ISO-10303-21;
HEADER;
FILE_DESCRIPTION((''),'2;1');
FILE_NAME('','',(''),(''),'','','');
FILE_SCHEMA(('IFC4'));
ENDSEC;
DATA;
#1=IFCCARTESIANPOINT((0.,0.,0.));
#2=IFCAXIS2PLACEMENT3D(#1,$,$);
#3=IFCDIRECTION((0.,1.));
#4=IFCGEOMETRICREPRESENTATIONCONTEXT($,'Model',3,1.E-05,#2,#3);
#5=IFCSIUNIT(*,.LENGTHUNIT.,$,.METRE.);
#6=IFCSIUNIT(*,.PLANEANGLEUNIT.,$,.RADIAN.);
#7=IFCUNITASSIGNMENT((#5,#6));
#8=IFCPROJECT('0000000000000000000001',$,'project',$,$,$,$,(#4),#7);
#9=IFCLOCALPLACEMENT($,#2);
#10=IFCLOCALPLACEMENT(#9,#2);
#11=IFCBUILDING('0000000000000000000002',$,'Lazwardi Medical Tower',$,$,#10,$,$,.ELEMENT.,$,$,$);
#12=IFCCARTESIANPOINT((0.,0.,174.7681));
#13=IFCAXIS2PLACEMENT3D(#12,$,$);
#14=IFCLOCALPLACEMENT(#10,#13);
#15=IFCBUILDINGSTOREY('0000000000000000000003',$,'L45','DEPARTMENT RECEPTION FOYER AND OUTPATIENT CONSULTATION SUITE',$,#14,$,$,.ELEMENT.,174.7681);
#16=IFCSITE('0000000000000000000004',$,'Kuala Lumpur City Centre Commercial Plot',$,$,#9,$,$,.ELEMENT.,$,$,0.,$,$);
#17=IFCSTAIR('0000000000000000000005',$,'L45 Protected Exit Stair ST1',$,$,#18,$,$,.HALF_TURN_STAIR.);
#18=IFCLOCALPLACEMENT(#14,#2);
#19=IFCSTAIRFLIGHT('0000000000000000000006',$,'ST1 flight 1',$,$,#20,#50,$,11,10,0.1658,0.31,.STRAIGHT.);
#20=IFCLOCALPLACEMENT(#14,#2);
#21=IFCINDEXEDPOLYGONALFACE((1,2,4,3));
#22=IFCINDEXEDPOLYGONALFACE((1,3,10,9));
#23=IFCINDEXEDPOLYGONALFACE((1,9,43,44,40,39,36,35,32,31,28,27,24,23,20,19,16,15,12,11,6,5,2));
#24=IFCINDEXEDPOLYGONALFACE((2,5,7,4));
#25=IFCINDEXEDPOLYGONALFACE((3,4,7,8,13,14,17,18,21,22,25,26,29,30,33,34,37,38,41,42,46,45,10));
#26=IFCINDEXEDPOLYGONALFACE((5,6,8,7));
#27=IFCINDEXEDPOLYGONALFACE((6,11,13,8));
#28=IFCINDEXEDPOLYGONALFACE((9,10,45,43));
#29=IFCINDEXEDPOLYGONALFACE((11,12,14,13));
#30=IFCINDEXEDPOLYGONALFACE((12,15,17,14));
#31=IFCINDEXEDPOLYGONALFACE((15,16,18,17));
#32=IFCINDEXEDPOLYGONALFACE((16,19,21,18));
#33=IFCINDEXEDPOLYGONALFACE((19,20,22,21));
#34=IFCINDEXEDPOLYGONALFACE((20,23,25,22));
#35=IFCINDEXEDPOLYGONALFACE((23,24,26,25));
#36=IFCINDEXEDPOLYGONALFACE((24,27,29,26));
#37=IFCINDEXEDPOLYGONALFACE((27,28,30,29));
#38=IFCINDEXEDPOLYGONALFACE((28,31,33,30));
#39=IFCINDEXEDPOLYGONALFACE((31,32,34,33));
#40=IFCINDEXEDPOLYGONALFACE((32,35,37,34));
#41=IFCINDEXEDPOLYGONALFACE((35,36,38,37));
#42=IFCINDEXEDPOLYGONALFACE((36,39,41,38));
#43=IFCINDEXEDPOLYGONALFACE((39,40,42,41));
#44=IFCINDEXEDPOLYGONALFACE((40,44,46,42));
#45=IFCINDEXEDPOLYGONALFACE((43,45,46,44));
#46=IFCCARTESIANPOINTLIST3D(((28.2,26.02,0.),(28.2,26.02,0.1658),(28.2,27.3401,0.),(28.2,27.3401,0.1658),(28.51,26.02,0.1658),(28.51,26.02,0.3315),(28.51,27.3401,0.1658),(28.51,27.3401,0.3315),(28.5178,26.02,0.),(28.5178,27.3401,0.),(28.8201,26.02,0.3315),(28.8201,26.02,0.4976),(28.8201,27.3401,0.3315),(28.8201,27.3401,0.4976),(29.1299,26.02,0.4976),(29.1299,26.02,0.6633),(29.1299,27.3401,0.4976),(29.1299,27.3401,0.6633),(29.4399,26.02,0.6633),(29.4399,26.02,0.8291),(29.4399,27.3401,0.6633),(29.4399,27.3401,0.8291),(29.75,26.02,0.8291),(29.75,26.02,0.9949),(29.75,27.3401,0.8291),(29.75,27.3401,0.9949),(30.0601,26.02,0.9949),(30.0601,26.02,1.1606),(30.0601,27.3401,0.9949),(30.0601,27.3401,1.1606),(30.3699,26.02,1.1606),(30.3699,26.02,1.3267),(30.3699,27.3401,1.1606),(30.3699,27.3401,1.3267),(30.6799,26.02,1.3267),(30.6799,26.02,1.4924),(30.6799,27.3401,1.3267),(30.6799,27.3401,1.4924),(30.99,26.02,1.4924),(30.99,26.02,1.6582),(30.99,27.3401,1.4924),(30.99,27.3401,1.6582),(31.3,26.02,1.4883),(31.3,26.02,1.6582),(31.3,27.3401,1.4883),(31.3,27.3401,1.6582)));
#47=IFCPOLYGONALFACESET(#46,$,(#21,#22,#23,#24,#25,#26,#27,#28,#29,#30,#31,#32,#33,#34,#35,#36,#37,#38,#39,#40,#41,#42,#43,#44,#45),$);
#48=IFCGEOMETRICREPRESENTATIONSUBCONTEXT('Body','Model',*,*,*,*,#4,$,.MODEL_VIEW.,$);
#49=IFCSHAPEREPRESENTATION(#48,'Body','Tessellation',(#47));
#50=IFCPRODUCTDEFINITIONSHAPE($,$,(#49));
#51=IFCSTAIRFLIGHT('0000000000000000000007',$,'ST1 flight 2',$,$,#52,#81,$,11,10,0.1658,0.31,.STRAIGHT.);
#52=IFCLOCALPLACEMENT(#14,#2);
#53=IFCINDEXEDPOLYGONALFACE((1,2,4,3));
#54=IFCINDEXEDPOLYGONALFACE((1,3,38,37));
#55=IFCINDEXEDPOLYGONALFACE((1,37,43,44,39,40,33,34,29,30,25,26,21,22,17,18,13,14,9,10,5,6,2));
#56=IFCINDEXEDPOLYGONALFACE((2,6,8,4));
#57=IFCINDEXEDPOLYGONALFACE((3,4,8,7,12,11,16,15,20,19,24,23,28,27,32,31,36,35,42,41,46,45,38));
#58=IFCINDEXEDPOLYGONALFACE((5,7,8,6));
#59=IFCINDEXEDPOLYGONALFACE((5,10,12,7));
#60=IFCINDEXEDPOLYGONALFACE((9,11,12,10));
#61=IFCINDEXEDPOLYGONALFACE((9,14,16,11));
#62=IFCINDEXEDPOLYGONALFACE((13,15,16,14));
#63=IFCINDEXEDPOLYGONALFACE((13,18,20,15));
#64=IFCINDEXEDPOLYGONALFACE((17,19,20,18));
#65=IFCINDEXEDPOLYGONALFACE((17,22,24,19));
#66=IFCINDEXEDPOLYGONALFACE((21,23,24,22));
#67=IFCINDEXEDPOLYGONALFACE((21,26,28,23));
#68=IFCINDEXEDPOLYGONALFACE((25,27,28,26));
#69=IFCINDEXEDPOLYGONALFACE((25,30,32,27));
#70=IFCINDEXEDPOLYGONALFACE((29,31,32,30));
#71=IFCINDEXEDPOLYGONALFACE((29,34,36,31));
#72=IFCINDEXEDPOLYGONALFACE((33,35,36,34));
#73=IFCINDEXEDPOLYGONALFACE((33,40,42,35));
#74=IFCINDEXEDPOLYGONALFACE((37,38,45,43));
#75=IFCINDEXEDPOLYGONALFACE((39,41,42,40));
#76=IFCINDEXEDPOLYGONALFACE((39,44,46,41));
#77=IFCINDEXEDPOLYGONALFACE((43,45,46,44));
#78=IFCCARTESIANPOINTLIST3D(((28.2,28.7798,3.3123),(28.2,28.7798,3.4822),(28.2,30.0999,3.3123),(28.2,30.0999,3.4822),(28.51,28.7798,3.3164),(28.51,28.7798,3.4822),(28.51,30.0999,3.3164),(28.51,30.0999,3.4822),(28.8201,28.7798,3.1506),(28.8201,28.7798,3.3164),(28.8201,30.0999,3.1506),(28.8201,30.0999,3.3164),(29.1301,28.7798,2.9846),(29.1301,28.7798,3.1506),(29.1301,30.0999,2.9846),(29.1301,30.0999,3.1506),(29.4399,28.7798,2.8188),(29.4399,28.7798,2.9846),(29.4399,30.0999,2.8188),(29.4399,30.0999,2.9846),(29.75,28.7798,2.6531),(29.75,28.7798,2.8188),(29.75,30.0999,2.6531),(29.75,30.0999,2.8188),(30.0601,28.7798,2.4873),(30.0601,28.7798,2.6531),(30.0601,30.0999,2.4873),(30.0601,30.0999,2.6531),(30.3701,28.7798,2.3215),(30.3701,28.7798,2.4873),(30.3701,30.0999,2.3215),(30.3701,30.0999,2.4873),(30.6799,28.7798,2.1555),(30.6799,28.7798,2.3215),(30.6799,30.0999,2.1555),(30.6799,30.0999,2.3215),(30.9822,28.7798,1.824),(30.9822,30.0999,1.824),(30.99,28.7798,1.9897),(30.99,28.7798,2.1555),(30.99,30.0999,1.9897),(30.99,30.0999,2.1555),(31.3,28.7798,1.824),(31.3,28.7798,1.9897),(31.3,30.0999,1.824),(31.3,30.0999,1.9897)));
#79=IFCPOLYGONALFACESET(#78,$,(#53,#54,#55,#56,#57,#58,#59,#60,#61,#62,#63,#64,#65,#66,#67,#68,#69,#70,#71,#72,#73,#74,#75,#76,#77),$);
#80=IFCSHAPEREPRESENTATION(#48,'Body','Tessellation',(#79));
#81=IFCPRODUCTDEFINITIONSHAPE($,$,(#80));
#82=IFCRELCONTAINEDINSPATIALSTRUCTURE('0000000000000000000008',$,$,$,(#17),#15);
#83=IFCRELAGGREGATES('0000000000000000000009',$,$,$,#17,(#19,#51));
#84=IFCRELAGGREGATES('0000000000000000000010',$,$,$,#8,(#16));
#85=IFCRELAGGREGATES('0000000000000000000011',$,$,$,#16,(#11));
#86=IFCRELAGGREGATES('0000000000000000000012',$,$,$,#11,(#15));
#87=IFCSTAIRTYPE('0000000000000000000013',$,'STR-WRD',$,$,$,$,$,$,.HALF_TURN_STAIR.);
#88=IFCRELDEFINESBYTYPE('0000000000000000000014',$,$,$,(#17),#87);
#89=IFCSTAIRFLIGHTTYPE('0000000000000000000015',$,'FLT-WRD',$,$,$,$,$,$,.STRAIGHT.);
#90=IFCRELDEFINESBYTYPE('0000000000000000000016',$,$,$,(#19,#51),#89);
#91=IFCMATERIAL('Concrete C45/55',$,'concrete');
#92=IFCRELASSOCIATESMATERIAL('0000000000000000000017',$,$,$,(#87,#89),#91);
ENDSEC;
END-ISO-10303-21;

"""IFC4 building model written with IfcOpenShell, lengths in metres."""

from ifc_helpers import new_model, si_unit, direction, frame, origin, place, context, subcontext, project, spatial, polyline, outline, extrude, material, type_object, element, aggregate, save


model = new_model("IFC4")

# Units and contexts
model_context = context("Model", 3, precision=1e-05, world=origin(), true_north=direction((0.0, 1.0)))
body_context = subcontext(model_context, "Body", "Model", "MODEL_VIEW")
ifc_project = project(units=[si_unit("LENGTHUNIT", "METRE"), si_unit("PLANEANGLEUNIT", "RADIAN")], contexts=[model_context])

# Site, building, storey
site_placement = place(None, origin())
site = spatial("IfcSite", under=ifc_project, at=site_placement, Name="Kuala Lumpur City Centre Commercial Plot", CompositionType="ELEMENT", RefElevation=0.0)
building_placement = place(site_placement, origin())
building = spatial("IfcBuilding", under=site, at=building_placement, Name="Lazwardi Medical Tower", CompositionType="ELEMENT")
storey_placement = place(building_placement, frame((0.0, 0.0, 174.7681)))
storey = spatial("IfcBuildingStorey", under=building, at=storey_placement, Name="L45", Description="DEPARTMENT RECEPTION FOYER AND OUTPATIENT CONSULTATION SUITE", CompositionType="ELEMENT", Elevation=174.7681)

# Stair, stair flights
ifc_material_1 = material(Name="Concrete C45/55", Category="concrete")
stair_type = type_object("IfcStairType", Name="STR-WRD", PredefinedType="HALF_TURN_STAIR", material=ifc_material_1)
stair_placement = place(storey_placement, origin())
stair = element("IfcStair", 1, at=stair_placement, inside=storey, type_object=stair_type, Name="L45 Protected Exit Stair ST1", PredefinedType="HALF_TURN_STAIR")
stair_flight_type = type_object("IfcStairFlightType", Name="FLT-WRD", PredefinedType="STRAIGHT", material=ifc_material_1)
stair_flight_1_placement = place(storey_placement, frame((28.2, 26.6799, 0.0), z_axis=(0.0, 0.0, 1.0), x_axis=(1.0, 0.0, 0.0)))
stair_flight_1 = element("IfcStairFlight", 2, at=stair_flight_1_placement, type_object=stair_flight_type, Name="ST1 flight 1", NumberOfRisers=11, NumberOfTreads=10, PredefinedType="STRAIGHT", RiserHeight=0.1658, TreadLength=0.31, context=body_context, shape_type="SweptSolid", body=[
    extrude(outline(polyline([(0.0, 0.0), (0.0, 0.1658), (0.3101, 0.1658), (0.3101, 0.3315), (0.6201, 0.3315), (0.6201, 0.4976), (0.9299, 0.4976), (0.9299, 0.6633), (1.24, 0.6633), (1.24, 0.8291), (1.55, 0.8291), (1.55, 0.9949), (1.8601, 0.9949), (1.8601, 1.1606), (2.1699, 1.1606), (2.1699, 1.3267), (2.48, 1.3267), (2.48, 1.4924), (2.79, 1.4924), (2.79, 1.6582), (3.1001, 1.6582), (3.1001, 1.824), (3.1001, 1.4883), (0.3179, 0.0), (0.0, 0.0)])), frame((0.0, 0.6602, 0.0), z_axis=(0.0, -1.0, 0.0), x_axis=(1.0, 0.0, 0.0)), (0.0, 0.0, 1.0), 1.3201),
])
stair_flight_2_placement = place(storey_placement, frame((31.3, 29.4399, 1.824), z_axis=(0.0, 0.0, 1.0), x_axis=(-1.0, 0.0, 0.0)))
stair_flight_2 = element("IfcStairFlight", 3, at=stair_flight_2_placement, type_object=stair_flight_type, Name="ST1 flight 2", NumberOfRisers=11, NumberOfTreads=10, PredefinedType="STRAIGHT", RiserHeight=0.1658, TreadLength=0.31, context=body_context, shape_type="SweptSolid", body=[
    extrude(outline(polyline([(0.0, 0.0), (0.0, 0.1658), (0.3101, 0.1658), (0.3101, 0.3315), (0.6201, 0.3315), (0.6201, 0.4976), (0.9299, 0.4976), (0.9299, 0.6633), (1.24, 0.6633), (1.24, 0.8291), (1.55, 0.8291), (1.55, 0.9949), (1.8601, 0.9949), (1.8601, 1.1606), (2.1699, 1.1606), (2.1699, 1.3267), (2.48, 1.3267), (2.48, 1.4924), (2.79, 1.4924), (2.79, 1.6582), (3.1001, 1.6582), (3.1001, 1.824), (3.1001, 1.4883), (0.3179, 0.0), (0.0, 0.0)])), frame((0.0, 0.6602, 0.0), z_axis=(0.0, -1.0, 0.0), x_axis=(1.0, 0.0, 0.0)), (0.0, 0.0, 1.0), 1.3201),
])
aggregate(stair, [stair_flight_1, stair_flight_2])

save(model, "model.ifc")
